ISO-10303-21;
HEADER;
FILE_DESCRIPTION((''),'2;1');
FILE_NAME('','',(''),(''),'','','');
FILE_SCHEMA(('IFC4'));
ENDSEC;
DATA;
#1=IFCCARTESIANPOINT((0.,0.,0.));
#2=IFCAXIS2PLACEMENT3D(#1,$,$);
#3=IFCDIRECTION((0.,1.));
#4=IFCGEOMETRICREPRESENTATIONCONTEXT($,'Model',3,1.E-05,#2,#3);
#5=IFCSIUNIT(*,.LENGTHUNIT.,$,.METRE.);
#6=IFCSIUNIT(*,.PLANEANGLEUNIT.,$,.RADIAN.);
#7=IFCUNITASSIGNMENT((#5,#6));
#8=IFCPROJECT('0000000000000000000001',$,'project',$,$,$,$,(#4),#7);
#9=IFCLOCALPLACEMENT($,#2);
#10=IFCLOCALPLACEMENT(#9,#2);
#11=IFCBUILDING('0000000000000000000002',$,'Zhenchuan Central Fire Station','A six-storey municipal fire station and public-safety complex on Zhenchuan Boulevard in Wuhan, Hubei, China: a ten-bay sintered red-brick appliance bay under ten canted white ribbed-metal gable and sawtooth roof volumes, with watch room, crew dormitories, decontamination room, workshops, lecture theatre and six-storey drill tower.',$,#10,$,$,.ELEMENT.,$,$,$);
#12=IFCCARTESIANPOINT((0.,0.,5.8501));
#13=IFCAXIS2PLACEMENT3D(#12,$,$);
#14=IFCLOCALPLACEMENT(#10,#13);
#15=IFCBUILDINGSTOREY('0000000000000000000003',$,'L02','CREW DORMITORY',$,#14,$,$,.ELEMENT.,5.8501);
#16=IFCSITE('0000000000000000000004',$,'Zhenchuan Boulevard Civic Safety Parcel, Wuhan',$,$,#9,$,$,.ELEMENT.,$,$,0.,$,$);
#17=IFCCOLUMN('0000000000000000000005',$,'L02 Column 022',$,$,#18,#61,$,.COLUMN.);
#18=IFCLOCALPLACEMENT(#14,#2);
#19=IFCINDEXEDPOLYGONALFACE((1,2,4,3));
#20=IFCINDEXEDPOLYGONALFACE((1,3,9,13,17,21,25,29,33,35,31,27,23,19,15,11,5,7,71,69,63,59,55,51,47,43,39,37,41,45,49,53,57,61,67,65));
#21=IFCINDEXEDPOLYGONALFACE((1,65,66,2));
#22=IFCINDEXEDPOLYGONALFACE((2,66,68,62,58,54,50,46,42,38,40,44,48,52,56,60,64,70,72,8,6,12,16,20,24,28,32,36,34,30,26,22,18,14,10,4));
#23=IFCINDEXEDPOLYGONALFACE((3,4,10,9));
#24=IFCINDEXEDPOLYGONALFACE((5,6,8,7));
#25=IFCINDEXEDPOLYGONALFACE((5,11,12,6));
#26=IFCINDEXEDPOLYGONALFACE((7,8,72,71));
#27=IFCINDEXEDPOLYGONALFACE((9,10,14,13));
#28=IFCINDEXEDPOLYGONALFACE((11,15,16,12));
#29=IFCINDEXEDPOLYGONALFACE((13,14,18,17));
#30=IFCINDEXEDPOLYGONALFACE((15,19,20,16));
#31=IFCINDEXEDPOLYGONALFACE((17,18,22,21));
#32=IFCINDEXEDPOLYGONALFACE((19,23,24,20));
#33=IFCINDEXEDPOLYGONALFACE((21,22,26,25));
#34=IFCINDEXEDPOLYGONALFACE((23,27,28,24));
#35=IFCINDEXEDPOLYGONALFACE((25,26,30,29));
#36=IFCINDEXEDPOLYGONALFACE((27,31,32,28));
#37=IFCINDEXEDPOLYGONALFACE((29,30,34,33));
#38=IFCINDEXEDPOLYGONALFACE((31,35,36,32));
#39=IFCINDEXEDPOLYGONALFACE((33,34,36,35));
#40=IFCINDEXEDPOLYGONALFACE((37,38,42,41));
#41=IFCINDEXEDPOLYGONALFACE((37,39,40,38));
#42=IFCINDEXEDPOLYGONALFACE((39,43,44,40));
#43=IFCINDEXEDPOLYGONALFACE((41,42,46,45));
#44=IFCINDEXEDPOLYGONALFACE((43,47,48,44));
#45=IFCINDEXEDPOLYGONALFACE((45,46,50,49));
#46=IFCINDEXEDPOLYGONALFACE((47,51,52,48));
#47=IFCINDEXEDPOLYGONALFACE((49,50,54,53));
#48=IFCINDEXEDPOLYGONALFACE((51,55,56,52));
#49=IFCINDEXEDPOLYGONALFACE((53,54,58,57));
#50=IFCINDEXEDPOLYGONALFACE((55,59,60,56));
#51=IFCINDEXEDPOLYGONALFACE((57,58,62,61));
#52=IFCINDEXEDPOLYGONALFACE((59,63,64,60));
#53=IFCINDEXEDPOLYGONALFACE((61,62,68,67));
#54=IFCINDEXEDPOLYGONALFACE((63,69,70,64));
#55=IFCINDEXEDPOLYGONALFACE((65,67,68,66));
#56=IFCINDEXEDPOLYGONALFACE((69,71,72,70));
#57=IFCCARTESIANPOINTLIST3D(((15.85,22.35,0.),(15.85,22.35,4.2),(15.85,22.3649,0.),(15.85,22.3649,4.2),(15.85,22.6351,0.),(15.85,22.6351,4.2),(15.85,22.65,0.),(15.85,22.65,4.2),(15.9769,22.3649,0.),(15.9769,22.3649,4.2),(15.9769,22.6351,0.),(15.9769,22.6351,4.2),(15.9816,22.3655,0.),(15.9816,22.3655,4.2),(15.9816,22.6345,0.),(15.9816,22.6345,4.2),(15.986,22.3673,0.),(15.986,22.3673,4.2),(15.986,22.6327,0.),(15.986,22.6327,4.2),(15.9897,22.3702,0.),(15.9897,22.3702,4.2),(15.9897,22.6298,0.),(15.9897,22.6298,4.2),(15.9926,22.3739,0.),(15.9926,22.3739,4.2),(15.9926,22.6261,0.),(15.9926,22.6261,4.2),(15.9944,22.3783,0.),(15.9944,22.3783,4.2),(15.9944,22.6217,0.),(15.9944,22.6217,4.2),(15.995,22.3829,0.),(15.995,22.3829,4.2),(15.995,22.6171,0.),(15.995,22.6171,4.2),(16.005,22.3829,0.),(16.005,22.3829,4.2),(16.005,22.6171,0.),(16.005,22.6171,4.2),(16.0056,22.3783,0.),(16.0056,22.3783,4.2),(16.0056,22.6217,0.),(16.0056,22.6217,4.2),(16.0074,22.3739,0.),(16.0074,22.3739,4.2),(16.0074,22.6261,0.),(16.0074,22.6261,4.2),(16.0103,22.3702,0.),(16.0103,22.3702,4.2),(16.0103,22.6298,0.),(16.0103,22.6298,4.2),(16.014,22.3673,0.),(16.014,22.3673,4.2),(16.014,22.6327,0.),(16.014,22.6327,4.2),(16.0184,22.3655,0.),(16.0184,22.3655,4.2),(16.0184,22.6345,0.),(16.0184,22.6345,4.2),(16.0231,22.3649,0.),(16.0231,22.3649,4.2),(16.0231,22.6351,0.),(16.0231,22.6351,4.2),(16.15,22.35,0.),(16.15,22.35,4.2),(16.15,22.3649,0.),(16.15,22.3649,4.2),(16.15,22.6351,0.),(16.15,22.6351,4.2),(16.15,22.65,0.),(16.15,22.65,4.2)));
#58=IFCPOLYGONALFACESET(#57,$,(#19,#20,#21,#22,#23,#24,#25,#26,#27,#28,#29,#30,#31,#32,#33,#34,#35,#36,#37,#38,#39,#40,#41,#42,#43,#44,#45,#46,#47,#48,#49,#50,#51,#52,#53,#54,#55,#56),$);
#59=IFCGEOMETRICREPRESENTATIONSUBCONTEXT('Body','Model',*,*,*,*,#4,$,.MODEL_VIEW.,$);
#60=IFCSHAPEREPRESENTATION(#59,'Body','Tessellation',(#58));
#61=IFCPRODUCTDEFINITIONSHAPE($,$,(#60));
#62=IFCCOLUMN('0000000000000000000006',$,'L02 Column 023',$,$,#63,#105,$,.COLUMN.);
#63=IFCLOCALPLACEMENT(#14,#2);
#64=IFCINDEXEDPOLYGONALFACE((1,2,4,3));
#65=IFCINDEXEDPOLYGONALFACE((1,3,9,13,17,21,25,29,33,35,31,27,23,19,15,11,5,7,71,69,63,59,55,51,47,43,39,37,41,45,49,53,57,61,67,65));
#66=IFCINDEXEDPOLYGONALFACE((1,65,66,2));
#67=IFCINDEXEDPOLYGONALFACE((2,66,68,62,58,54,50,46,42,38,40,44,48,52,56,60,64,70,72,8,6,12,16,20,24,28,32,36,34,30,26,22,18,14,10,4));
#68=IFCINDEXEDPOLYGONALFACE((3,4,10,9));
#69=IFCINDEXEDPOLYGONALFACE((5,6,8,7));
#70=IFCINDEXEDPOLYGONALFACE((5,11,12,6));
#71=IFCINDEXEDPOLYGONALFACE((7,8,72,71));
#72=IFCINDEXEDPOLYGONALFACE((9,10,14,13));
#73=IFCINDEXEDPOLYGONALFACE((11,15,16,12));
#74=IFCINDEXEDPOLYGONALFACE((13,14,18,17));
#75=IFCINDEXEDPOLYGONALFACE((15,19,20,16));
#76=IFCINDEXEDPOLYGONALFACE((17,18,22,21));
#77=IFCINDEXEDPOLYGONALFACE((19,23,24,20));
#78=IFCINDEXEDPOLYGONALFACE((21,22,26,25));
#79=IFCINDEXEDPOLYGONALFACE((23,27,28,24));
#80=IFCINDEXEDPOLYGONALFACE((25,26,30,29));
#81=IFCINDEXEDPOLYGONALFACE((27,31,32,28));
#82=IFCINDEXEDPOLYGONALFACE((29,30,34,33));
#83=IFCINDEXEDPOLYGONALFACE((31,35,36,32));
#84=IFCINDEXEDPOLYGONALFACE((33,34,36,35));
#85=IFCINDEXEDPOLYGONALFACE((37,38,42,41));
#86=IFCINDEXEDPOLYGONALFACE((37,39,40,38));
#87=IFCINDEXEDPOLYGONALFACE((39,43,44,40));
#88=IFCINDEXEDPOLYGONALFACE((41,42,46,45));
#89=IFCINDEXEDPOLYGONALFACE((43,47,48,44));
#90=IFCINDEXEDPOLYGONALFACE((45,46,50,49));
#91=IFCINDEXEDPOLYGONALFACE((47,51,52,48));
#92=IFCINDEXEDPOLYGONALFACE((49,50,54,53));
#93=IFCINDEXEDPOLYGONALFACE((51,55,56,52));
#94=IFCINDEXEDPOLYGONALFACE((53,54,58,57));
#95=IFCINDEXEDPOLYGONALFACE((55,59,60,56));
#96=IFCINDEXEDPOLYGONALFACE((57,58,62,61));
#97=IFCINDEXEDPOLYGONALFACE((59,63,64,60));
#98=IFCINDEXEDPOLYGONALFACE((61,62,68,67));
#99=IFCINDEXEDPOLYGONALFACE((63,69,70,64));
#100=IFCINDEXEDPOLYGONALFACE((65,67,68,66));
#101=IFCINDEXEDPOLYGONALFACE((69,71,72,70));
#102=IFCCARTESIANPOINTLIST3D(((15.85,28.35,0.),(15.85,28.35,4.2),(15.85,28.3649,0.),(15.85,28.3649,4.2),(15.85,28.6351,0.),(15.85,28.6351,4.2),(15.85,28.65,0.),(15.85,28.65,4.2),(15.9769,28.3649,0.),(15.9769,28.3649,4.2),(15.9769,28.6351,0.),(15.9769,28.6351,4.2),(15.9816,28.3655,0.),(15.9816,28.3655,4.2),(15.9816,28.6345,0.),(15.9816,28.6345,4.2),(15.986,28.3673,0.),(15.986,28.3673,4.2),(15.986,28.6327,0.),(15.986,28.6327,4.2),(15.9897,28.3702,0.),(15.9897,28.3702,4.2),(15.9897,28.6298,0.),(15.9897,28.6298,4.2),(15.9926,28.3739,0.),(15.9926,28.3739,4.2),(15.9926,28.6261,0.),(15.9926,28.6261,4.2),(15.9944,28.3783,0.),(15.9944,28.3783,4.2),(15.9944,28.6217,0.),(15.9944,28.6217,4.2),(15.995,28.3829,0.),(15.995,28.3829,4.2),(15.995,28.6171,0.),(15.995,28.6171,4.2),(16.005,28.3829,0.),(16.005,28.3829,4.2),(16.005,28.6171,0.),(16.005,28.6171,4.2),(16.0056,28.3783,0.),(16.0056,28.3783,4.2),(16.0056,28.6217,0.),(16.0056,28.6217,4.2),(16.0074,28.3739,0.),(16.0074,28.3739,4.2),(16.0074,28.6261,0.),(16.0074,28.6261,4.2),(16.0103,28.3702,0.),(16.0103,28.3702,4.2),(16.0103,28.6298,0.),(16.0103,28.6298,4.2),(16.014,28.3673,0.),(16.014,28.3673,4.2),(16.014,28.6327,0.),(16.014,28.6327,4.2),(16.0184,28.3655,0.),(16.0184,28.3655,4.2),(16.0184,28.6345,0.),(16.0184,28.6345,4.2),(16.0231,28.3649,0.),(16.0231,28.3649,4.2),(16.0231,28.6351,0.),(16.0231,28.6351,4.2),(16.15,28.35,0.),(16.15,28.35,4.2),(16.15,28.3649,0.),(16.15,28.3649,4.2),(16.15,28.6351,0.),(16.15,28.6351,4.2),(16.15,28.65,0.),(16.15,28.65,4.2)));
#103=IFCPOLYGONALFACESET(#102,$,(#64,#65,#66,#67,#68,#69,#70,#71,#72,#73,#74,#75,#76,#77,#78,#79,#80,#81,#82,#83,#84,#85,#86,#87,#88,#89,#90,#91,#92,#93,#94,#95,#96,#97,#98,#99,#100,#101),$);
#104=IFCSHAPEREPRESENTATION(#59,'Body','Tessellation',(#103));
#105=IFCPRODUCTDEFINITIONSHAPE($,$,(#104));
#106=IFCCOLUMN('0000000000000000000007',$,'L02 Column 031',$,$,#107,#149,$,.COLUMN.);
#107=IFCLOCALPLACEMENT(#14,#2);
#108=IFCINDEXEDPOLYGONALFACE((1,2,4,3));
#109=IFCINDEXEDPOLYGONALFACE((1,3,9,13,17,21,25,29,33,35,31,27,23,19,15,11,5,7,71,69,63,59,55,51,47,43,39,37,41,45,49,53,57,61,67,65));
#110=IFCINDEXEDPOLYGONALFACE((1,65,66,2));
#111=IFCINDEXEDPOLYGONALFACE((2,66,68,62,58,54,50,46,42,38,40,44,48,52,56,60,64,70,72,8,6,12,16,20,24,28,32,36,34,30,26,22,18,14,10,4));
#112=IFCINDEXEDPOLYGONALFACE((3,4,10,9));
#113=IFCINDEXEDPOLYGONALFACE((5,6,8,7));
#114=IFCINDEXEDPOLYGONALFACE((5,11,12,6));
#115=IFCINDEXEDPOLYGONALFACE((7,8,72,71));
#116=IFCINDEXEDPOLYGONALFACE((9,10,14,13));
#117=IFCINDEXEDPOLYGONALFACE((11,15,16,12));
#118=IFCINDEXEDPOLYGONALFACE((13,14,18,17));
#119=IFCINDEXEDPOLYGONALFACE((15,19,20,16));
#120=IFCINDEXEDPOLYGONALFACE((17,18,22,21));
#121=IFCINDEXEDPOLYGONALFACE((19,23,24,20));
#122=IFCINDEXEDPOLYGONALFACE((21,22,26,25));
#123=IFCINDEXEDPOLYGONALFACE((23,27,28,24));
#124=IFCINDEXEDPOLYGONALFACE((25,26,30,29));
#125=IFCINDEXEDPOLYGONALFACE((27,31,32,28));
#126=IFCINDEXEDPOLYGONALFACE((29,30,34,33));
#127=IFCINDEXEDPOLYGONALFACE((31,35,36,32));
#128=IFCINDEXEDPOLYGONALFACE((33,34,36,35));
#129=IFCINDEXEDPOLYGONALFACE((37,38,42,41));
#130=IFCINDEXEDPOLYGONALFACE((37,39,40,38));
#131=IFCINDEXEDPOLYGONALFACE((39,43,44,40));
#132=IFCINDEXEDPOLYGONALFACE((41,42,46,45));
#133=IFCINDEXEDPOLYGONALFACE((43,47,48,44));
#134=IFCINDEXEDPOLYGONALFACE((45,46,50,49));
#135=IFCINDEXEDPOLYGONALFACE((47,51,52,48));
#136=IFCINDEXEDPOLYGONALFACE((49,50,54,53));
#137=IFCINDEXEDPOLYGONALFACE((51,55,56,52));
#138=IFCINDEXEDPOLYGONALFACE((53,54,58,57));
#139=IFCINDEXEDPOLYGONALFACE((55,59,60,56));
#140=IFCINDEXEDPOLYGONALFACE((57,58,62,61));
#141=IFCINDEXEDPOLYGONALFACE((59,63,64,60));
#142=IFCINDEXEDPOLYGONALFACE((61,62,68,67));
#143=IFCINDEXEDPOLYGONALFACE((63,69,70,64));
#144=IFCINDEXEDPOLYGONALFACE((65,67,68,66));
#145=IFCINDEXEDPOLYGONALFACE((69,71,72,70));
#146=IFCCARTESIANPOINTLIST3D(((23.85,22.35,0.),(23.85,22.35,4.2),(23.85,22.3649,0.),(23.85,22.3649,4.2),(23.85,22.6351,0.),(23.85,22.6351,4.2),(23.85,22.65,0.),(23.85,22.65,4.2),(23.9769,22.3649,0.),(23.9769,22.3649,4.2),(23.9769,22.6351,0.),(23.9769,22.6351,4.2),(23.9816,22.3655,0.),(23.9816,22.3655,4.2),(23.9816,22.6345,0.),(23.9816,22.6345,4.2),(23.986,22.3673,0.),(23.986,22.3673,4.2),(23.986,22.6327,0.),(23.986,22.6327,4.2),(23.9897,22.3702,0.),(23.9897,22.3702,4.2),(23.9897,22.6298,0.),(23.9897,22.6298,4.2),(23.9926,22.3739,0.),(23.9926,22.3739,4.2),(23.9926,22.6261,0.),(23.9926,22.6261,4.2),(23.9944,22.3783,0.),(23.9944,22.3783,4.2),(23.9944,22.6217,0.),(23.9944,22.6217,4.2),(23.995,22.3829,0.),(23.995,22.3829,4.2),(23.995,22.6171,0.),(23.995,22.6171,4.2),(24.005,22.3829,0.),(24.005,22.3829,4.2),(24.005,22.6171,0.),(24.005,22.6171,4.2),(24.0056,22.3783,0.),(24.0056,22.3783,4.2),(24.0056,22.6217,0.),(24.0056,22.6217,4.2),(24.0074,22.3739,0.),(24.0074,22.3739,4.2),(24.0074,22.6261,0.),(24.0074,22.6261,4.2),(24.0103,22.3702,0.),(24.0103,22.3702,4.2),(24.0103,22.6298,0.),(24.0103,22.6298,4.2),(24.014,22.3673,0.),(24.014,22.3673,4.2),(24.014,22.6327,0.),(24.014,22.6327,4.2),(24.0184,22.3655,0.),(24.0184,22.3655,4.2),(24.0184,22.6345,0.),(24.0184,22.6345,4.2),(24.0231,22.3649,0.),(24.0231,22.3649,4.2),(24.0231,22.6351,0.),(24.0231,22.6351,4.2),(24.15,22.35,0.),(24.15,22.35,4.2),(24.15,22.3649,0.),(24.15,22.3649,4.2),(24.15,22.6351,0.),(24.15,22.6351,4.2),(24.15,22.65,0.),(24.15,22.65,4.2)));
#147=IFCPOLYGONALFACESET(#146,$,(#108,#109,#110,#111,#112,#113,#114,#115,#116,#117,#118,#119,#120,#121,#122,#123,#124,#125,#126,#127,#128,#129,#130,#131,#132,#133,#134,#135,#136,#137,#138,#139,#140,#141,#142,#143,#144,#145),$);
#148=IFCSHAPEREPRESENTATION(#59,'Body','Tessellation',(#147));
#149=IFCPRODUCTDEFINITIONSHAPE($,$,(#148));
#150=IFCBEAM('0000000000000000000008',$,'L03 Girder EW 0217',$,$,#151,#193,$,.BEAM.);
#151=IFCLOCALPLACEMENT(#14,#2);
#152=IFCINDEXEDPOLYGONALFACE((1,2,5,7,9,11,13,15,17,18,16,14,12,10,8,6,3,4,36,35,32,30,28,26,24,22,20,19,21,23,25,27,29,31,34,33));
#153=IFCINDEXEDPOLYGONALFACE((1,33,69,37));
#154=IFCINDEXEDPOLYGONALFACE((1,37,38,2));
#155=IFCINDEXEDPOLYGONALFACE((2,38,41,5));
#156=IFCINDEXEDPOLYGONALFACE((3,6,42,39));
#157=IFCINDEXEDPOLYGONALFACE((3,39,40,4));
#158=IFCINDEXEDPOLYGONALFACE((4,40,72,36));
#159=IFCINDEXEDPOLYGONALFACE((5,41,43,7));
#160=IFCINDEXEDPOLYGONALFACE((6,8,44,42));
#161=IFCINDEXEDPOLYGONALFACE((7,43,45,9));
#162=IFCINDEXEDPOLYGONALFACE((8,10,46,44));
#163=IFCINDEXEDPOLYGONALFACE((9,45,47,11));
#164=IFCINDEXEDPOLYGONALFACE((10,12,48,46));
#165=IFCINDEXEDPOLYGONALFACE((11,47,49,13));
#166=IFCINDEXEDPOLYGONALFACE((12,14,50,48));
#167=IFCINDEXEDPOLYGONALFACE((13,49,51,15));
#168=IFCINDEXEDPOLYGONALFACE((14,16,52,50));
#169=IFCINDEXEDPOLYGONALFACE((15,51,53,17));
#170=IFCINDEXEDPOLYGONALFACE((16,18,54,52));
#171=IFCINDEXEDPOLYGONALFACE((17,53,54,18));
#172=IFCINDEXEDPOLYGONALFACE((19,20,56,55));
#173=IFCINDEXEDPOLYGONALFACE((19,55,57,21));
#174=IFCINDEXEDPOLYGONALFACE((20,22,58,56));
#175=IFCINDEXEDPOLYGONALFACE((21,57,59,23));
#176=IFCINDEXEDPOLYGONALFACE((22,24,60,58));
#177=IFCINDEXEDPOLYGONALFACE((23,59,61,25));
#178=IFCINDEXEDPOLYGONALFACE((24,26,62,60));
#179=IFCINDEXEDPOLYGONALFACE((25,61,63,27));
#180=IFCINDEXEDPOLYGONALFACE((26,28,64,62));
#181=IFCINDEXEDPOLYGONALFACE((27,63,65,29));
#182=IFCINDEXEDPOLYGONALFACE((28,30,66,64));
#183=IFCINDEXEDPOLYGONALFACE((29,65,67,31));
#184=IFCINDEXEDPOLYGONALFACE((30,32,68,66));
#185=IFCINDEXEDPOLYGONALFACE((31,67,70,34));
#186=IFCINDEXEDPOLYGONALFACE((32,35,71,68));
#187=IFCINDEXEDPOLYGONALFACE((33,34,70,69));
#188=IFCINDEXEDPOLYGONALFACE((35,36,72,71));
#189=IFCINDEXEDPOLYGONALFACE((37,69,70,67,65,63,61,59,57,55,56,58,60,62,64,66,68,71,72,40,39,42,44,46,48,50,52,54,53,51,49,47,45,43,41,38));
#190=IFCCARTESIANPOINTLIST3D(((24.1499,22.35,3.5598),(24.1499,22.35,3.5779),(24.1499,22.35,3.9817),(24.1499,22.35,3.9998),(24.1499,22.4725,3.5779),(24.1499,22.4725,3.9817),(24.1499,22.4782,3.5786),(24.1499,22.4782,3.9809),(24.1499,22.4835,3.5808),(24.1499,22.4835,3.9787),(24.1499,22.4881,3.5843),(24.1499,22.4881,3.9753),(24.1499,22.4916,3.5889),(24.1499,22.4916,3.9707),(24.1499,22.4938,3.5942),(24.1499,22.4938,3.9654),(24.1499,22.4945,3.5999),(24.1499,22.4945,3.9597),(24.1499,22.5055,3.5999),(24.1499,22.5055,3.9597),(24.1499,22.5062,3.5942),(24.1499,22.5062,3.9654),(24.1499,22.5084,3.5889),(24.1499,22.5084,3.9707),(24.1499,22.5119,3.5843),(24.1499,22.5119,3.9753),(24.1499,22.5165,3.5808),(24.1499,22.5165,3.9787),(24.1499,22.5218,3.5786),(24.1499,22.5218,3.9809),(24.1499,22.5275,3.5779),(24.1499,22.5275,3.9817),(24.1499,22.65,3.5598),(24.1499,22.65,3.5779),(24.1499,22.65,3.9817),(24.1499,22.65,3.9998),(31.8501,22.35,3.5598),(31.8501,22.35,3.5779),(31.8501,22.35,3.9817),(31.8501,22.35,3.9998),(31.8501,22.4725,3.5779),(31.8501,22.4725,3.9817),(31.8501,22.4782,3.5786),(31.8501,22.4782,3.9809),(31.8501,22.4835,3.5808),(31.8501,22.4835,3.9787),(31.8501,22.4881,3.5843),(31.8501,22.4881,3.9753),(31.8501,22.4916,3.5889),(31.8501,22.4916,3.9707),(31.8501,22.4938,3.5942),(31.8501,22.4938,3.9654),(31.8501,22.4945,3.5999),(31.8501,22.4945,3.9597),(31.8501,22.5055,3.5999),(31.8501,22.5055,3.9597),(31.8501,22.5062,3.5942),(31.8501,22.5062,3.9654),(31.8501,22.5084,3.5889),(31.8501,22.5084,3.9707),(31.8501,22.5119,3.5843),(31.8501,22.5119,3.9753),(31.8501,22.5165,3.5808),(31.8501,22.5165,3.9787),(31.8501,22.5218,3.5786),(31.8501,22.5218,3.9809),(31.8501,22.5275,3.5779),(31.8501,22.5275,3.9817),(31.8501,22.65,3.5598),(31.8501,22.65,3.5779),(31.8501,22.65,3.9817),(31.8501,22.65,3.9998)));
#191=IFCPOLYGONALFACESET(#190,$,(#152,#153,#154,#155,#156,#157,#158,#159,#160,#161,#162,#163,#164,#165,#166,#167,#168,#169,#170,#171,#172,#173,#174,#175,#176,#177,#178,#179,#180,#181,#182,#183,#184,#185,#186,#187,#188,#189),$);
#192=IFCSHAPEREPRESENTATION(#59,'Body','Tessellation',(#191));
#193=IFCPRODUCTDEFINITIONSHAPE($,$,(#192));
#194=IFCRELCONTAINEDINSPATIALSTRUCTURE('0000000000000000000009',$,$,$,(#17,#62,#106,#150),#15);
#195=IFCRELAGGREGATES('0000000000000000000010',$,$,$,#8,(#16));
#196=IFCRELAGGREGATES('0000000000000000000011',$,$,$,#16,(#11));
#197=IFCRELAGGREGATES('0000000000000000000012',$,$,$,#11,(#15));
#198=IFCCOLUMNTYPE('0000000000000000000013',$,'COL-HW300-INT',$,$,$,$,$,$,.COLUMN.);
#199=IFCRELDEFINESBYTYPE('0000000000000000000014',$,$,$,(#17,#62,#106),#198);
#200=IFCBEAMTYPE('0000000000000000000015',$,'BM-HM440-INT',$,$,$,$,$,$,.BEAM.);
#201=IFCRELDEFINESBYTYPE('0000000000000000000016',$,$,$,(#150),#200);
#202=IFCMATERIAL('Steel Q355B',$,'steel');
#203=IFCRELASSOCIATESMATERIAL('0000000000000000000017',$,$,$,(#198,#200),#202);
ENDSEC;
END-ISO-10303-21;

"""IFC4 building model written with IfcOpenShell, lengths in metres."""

from ifc_helpers import new_model, si_unit, direction, frame, origin, origin_2d, place, context, subcontext, project, spatial, i_section, extrude, material, material_profile, profile_set, type_object, element, save


model = new_model("IFC4")

# Units and contexts
model_context = context("Model", 3, precision=1e-05, world=origin(), true_north=direction((0.0, 1.0)))
body_context = subcontext(model_context, "Body", "Model", "MODEL_VIEW")
ifc_project = project(units=[si_unit("LENGTHUNIT", "METRE"), si_unit("PLANEANGLEUNIT", "RADIAN")], contexts=[model_context])

# Site, building, storey
site_placement = place(None, origin())
site = spatial("IfcSite", under=ifc_project, at=site_placement, Name="Zhenchuan Boulevard Civic Safety Parcel, Wuhan", CompositionType="ELEMENT", RefElevation=0.0)
building_placement = place(site_placement, origin())
building = spatial("IfcBuilding", under=site, at=building_placement, Name="Zhenchuan Central Fire Station", Description="A six-storey municipal fire station and public-safety complex on Zhenchuan Boulevard in Wuhan, Hubei, China: a ten-bay sintered red-brick appliance bay under ten canted white ribbed-metal gable and sawtooth roof volumes, with watch room, crew dormitories, decontamination room, workshops, lecture theatre and six-storey drill tower.", CompositionType="ELEMENT")
storey_placement = place(building_placement, frame((0.0, 0.0, 5.8501)))
storey = spatial("IfcBuildingStorey", under=building, at=storey_placement, Name="L02", Description="CREW DORMITORY", CompositionType="ELEMENT", Elevation=5.8501)

# Columns
ifc_material_1 = material(Name="Steel Q355B", Category="steel")
ifc_material_profile_1 = material_profile(ifc_material_1, i_section(OverallWidth=0.3, OverallDepth=0.3, WebThickness=0.01, FlangeThickness=0.0149, FilletRadius=0.0181, at=origin_2d()), Name="HW 300x300")
ifc_profile_set_1 = profile_set([ifc_material_profile_1], Name="Steel Q355B")
column_type = type_object("IfcColumnType", Name="COL-HW300-INT", PredefinedType="COLUMN", material=ifc_profile_set_1)
for number, where, z_axis, x_axis, name in (
    (1, (16.0, 22.5, 0.0), (0.0, 0.0, 1.0), (1.0, 0.0, 0.0), "L02 Column 022"),
    (2, (16.0, 28.5, 0.0), (0.0, 0.0, 1.0), (1.0, 0.0, 0.0), "L02 Column 023"),
    (3, (24.0, 22.5, 0.0), (0.0, 0.0, 1.0), (1.0, 0.0, 0.0), "L02 Column 031"),
):
    element("IfcColumn", number, at=place(storey_placement, frame(where, z_axis=z_axis, x_axis=x_axis)), inside=storey, type_object=column_type, Name=name, PredefinedType="COLUMN", context=body_context, shape_type="SweptSolid", body=[
        extrude(i_section(OverallWidth=0.3, OverallDepth=0.3, WebThickness=0.01, FlangeThickness=0.0149, FilletRadius=0.0181, at=origin_2d()), origin(), (0.0, 0.0, 1.0), 4.2),
    ])

# Beam
ifc_material_profile_2 = material_profile(ifc_material_1, i_section(OverallWidth=0.3, OverallDepth=0.4399, WebThickness=0.011, FlangeThickness=0.0181, FilletRadius=0.022, at=origin_2d()), Name="HM 440x300")
ifc_profile_set_2 = profile_set([ifc_material_profile_2], Name="Steel Q355B")
beam_type_1 = type_object("IfcBeamType", Name="BM-HM440-INT", PredefinedType="BEAM", material=ifc_profile_set_2)
beam_1_placement = place(storey_placement, frame((24.1499, 22.5, 3.7798), z_axis=(1.0, 0.0, 0.0), x_axis=(0.0, 1.0, 0.0)))
element("IfcBeam", 4, at=beam_1_placement, inside=storey, type_object=beam_type_1, Name="L03 Girder EW 0217", PredefinedType="BEAM", context=body_context, shape_type="SweptSolid", body=[
    extrude(i_section(OverallWidth=0.3, OverallDepth=0.4399, WebThickness=0.011, FlangeThickness=0.0181, FilletRadius=0.022, at=origin_2d()), origin(), (0.0, 0.0, 1.0), 7.7002),
])

save(model, "model.ifc")
